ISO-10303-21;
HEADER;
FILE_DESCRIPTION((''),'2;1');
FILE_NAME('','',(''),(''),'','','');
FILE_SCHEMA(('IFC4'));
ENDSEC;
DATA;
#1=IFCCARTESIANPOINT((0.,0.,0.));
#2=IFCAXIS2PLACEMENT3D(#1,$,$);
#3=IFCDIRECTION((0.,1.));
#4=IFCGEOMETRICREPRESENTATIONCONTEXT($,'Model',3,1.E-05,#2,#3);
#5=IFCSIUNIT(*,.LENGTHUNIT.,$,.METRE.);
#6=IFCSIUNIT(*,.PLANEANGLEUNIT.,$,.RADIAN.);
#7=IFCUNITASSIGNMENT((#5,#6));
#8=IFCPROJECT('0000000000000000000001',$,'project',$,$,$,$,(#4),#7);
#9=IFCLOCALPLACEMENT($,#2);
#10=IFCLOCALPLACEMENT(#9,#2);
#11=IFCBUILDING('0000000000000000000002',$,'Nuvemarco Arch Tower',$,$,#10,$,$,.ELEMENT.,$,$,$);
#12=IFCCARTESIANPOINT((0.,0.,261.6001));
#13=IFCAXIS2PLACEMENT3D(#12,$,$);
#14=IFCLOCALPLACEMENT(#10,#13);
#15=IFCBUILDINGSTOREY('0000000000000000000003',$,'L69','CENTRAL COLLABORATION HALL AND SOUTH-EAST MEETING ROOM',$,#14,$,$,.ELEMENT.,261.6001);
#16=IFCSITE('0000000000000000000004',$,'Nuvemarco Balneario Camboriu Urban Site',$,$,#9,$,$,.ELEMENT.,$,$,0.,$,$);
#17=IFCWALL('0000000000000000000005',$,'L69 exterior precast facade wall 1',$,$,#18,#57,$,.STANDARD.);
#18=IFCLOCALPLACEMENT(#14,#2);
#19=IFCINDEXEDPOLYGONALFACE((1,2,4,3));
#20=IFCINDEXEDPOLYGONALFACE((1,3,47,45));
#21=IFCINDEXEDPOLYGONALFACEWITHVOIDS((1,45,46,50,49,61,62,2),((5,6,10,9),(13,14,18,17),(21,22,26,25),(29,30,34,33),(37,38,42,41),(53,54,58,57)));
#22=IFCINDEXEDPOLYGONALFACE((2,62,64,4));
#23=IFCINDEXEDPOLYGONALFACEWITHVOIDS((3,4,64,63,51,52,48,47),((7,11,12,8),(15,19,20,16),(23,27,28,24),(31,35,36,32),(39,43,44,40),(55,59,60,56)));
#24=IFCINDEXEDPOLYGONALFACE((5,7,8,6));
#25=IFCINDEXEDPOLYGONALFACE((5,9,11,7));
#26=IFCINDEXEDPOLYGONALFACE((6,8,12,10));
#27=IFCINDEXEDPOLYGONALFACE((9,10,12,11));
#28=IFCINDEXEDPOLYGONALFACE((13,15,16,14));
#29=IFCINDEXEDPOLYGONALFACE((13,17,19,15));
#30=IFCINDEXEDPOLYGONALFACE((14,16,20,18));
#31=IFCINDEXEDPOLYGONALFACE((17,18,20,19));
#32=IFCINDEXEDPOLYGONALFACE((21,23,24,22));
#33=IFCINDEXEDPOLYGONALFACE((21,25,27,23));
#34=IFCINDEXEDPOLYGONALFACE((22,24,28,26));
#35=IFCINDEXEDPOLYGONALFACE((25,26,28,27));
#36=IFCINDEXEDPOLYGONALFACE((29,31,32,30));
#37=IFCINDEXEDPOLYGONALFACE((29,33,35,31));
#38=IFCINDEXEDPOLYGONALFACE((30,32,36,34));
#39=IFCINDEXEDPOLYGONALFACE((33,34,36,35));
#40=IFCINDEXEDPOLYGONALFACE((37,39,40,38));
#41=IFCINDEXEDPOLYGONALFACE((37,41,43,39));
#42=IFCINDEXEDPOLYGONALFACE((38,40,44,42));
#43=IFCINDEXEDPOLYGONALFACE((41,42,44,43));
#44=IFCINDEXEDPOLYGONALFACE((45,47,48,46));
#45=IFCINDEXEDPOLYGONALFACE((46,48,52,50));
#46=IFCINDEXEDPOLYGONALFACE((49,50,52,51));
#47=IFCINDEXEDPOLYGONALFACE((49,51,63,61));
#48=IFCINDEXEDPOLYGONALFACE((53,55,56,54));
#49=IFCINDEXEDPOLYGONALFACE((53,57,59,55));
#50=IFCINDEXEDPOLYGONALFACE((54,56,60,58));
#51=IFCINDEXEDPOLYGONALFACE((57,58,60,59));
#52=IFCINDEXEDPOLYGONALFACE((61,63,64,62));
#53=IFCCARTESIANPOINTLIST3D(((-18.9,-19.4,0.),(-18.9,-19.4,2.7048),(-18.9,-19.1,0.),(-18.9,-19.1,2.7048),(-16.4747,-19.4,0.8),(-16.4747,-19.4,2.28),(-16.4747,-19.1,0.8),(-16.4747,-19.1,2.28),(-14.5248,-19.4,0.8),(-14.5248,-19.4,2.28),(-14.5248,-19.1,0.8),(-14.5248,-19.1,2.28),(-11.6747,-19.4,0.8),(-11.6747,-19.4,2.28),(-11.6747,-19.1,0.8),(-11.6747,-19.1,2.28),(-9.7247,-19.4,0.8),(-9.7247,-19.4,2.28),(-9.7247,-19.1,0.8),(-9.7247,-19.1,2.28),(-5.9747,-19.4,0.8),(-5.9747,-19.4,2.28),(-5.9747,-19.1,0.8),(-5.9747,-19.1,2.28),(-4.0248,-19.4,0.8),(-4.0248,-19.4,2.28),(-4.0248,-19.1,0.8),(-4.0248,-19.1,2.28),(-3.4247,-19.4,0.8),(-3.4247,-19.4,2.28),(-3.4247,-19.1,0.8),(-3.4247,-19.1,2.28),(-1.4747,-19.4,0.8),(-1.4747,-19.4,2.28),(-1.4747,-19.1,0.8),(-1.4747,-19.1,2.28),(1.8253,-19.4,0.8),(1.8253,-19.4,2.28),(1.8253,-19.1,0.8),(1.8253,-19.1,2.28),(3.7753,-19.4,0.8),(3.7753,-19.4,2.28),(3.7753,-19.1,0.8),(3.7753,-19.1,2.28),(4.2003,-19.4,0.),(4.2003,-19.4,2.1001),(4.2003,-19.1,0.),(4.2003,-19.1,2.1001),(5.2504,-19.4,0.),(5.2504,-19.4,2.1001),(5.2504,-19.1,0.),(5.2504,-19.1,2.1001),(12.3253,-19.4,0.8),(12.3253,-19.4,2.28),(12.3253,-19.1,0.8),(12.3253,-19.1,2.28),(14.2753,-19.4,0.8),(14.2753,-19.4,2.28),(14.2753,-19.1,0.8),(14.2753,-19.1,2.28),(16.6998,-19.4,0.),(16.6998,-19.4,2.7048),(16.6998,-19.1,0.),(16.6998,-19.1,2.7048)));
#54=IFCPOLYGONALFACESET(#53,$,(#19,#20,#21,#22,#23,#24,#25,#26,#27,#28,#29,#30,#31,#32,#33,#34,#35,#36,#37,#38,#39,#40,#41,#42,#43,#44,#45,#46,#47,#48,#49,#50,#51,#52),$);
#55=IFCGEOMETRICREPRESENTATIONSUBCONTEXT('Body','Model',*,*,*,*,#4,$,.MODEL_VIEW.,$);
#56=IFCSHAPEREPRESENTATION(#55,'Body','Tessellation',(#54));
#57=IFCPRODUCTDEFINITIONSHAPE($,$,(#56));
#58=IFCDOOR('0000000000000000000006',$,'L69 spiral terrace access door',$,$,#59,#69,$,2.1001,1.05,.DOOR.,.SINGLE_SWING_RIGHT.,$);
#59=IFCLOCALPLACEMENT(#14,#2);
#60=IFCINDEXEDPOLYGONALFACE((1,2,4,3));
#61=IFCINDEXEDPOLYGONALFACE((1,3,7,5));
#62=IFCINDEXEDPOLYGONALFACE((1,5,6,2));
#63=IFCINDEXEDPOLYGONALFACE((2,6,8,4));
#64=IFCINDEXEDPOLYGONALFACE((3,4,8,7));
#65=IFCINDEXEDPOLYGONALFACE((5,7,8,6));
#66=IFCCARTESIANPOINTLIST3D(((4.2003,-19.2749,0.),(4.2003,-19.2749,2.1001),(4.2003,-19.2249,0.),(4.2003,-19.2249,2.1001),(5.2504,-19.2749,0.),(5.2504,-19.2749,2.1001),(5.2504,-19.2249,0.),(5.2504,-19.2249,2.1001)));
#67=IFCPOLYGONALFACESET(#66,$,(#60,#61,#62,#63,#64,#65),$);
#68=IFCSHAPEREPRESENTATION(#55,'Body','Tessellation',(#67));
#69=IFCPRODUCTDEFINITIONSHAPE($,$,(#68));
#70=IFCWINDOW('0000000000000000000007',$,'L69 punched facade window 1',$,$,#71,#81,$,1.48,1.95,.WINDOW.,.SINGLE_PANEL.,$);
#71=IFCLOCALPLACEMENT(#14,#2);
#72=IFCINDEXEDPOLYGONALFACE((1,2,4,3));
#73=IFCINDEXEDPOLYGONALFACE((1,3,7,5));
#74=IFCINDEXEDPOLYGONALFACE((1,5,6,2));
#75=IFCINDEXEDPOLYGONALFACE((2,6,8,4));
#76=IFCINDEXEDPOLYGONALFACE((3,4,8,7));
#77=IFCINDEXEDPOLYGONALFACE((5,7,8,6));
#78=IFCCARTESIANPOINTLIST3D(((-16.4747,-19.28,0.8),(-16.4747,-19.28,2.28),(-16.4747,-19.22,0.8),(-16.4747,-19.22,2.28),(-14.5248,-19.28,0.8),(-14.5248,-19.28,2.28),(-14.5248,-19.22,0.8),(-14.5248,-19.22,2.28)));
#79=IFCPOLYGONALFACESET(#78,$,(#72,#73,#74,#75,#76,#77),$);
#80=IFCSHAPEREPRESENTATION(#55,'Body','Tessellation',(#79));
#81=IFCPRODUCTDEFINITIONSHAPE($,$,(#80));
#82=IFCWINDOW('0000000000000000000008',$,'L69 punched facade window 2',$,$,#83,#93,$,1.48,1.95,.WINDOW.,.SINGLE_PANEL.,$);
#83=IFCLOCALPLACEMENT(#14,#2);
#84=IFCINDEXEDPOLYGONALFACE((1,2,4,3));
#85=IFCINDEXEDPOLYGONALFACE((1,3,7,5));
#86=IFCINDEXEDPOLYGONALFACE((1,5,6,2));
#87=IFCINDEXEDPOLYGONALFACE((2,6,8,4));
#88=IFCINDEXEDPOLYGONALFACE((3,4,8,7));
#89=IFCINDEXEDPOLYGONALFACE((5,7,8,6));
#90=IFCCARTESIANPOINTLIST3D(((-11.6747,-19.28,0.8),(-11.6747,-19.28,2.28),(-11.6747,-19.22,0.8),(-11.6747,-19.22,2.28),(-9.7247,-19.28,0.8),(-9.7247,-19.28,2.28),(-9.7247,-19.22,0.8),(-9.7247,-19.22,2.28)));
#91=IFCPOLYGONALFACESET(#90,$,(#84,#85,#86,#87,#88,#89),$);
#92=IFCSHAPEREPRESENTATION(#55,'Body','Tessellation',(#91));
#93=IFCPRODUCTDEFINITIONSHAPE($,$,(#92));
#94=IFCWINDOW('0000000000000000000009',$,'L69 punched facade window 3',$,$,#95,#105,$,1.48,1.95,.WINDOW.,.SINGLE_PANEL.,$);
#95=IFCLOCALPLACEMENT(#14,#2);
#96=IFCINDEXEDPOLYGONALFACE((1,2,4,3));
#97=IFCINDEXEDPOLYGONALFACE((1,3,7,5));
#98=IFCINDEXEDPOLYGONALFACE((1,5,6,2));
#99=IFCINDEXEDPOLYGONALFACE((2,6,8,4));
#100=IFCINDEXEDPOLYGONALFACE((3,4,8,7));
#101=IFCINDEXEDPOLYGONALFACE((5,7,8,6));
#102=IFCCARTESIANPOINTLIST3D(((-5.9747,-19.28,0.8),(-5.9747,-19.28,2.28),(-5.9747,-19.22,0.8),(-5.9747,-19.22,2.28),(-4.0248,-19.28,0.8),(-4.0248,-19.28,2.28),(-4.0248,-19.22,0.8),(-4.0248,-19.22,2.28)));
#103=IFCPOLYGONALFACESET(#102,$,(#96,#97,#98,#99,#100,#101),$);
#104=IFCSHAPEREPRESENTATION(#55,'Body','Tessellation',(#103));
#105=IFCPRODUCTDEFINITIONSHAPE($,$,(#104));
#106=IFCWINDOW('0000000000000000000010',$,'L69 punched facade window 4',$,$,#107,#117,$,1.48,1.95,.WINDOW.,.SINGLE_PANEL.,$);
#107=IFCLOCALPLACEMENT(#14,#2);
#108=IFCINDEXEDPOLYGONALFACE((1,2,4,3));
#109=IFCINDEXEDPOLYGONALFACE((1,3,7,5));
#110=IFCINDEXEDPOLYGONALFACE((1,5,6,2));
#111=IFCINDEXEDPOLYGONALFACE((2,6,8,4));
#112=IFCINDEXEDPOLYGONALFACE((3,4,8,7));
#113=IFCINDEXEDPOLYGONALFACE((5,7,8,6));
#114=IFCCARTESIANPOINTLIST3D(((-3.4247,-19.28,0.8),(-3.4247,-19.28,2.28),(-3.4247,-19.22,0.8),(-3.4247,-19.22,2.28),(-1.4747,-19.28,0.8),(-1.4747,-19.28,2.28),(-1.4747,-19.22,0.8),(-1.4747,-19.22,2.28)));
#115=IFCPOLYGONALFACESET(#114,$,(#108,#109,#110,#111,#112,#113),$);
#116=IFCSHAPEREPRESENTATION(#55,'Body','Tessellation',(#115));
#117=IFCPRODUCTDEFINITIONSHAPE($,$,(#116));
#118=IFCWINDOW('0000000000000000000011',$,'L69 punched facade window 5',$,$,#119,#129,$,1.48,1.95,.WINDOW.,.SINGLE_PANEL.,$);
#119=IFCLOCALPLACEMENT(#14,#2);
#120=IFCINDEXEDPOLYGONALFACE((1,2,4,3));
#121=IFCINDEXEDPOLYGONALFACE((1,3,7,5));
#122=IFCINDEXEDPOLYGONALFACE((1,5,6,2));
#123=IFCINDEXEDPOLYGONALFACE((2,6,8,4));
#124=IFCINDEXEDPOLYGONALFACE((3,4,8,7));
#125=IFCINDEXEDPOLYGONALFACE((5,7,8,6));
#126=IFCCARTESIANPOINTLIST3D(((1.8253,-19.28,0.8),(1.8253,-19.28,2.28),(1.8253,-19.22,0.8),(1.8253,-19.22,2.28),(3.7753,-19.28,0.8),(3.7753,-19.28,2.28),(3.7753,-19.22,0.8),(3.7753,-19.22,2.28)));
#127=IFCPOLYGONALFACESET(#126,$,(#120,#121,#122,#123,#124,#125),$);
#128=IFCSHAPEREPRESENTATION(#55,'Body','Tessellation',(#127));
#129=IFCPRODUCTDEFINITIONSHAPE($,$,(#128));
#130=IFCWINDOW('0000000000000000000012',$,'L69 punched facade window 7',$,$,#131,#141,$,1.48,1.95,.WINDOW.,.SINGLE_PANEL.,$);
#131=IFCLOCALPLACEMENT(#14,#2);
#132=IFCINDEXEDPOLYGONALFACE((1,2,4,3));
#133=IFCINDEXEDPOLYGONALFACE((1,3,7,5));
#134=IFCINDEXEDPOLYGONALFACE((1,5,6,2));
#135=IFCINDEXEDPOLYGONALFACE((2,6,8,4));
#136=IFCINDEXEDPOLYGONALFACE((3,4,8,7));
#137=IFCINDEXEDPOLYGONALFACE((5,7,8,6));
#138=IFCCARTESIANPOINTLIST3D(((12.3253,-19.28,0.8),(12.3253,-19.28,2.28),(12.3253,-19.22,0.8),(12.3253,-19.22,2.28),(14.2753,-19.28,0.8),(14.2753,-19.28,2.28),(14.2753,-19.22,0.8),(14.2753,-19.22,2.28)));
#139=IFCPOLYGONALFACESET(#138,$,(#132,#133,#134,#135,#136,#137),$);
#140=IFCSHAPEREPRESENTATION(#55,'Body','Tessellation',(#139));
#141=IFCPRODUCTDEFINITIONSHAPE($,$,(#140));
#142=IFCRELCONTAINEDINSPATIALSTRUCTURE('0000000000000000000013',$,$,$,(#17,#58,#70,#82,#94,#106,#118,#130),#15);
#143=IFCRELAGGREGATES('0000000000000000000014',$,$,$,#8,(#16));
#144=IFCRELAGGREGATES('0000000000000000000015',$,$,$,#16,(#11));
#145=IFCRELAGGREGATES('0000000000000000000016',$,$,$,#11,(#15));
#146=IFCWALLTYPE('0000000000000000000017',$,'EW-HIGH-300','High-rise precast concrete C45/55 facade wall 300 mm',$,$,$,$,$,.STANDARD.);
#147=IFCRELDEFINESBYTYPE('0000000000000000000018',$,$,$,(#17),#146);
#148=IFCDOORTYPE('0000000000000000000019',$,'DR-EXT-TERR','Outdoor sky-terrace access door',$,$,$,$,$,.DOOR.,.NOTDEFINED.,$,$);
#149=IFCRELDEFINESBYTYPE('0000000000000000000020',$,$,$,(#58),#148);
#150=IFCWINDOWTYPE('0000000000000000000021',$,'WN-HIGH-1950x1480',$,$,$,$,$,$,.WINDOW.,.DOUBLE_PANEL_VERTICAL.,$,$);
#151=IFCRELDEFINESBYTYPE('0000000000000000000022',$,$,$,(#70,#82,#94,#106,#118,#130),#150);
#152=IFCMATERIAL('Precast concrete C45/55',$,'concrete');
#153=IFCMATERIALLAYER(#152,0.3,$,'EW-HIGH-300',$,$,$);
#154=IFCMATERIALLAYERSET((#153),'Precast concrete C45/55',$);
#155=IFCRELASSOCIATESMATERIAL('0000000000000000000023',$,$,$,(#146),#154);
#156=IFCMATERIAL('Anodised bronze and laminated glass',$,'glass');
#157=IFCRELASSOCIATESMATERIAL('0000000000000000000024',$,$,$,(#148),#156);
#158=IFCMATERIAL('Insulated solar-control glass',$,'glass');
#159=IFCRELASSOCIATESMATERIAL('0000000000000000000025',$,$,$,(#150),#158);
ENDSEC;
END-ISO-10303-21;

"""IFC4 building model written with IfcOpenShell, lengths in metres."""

from ifc_helpers import new_model, si_unit, direction, frame, frame_2d, origin, place, context, subcontext, project, spatial, rectangle, extrude, source, transform, mapped, material, layer, layer_set, type_object, type_shapes, element, fill, save


model = new_model("IFC4")

# Units and contexts
model_context = context("Model", 3, precision=1e-05, world=origin(), true_north=direction((0.0, 1.0)))
body_context = subcontext(model_context, "Body", "Model", "MODEL_VIEW")
ifc_project = project(units=[si_unit("LENGTHUNIT", "METRE"), si_unit("PLANEANGLEUNIT", "RADIAN")], contexts=[model_context])

# Site, building, storey
site_placement = place(None, origin())
site = spatial("IfcSite", under=ifc_project, at=site_placement, Name="Nuvemarco Balneario Camboriu Urban Site", CompositionType="ELEMENT", RefElevation=0.0)
building_placement = place(site_placement, origin())
building = spatial("IfcBuilding", under=site, at=building_placement, Name="Nuvemarco Arch Tower", CompositionType="ELEMENT")
storey_placement = place(building_placement, frame((0.0, 0.0, 261.6001)))
storey = spatial("IfcBuildingStorey", under=building, at=storey_placement, Name="L69", Description="CENTRAL COLLABORATION HALL AND SOUTH-EAST MEETING ROOM", CompositionType="ELEMENT", Elevation=261.6001)

# Shared definitions
ifc_material_1 = material(Name="Precast concrete C45/55", Category="concrete")

# Wall, openings, door, windows
ifc_layer = layer(ifc_material_1, 0.3, Name="EW-HIGH-300")
ifc_layer_set = layer_set([ifc_layer], Name="Precast concrete C45/55")
wall_type = type_object("IfcWallType", Name="EW-HIGH-300", Description="High-rise precast concrete C45/55 facade wall 300 mm", PredefinedType="STANDARD", material=ifc_layer_set)
wall_1_placement = place(storey_placement, frame((-18.8999, -19.25, 0.0), z_axis=(0.0, 0.0, 1.0), x_axis=(1.0, 0.0, 0.0)))
wall_1 = element("IfcWall", 1, at=wall_1_placement, inside=storey, type_object=wall_type, Name="L69 exterior precast facade wall 1", PredefinedType="STANDARD", context=body_context, shape_type="SweptSolid", body=[
    extrude(rectangle(XDim=35.5999, YDim=0.3, at=frame_2d((17.7998, 0.0))), origin(), (0.0, 0.0, 1.0), 2.7048),
])
opening_1_placement = place(wall_1_placement, frame((24.1501, 0.0, 0.0), z_axis=(0.0, 0.0, 1.0), x_axis=(-1.0, 0.0, 0.0)))
opening_1 = element("IfcOpeningElement", 2, at=opening_1_placement, cuts=wall_1, PredefinedType="OPENING", context=body_context, shape_type="SweptSolid", body=[
    extrude(rectangle(XDim=1.05, YDim=2.1001, at=frame_2d((0.5249, 1.05))), frame((0.0, 0.1599, 0.0), z_axis=(0.0, -1.0, 0.0), x_axis=(1.0, 0.0, 0.0)), (0.0, 0.0, 1.0), 0.3201),
])
opening_2_placement = place(wall_1_placement, frame((2.425, 0.0, 0.8)))
opening_2 = element("IfcOpeningElement", 3, at=opening_2_placement, cuts=wall_1, PredefinedType="OPENING", context=body_context, shape_type="SweptSolid", body=[
    extrude(rectangle(XDim=1.95, YDim=1.48, at=frame_2d((0.9751, 0.74))), frame((0.0, 0.1599, 0.0), z_axis=(0.0, -1.0, 0.0), x_axis=(1.0, 0.0, 0.0)), (0.0, 0.0, 1.0), 0.3201),
])
opening_3_placement = place(wall_1_placement, frame((7.2251, 0.0, 0.8)))
opening_3 = element("IfcOpeningElement", 4, at=opening_3_placement, cuts=wall_1, PredefinedType="OPENING", context=body_context, shape_type="SweptSolid", body=[
    extrude(rectangle(XDim=1.95, YDim=1.48, at=frame_2d((0.9751, 0.74))), frame((0.0, 0.1599, 0.0), z_axis=(0.0, -1.0, 0.0), x_axis=(1.0, 0.0, 0.0)), (0.0, 0.0, 1.0), 0.3201),
])
opening_4_placement = place(wall_1_placement, frame((12.925, 0.0, 0.8)))
opening_4 = element("IfcOpeningElement", 5, at=opening_4_placement, cuts=wall_1, PredefinedType="OPENING", context=body_context, shape_type="SweptSolid", body=[
    extrude(rectangle(XDim=1.95, YDim=1.48, at=frame_2d((0.9751, 0.74))), frame((0.0, 0.1599, 0.0), z_axis=(0.0, -1.0, 0.0), x_axis=(1.0, 0.0, 0.0)), (0.0, 0.0, 1.0), 0.3201),
])
opening_5_placement = place(wall_1_placement, frame((15.4751, 0.0, 0.8)))
opening_5 = element("IfcOpeningElement", 6, at=opening_5_placement, cuts=wall_1, PredefinedType="OPENING", context=body_context, shape_type="SweptSolid", body=[
    extrude(rectangle(XDim=1.95, YDim=1.48, at=frame_2d((0.9751, 0.74))), frame((0.0, 0.1599, 0.0), z_axis=(0.0, -1.0, 0.0), x_axis=(1.0, 0.0, 0.0)), (0.0, 0.0, 1.0), 0.3201),
])
opening_6_placement = place(wall_1_placement, frame((20.7251, 0.0, 0.8)))
opening_6 = element("IfcOpeningElement", 7, at=opening_6_placement, cuts=wall_1, PredefinedType="OPENING", context=body_context, shape_type="SweptSolid", body=[
    extrude(rectangle(XDim=1.95, YDim=1.48, at=frame_2d((0.9751, 0.74))), frame((0.0, 0.1599, 0.0), z_axis=(0.0, -1.0, 0.0), x_axis=(1.0, 0.0, 0.0)), (0.0, 0.0, 1.0), 0.3201),
])
opening_7_placement = place(wall_1_placement, frame((31.2251, 0.0, 0.8)))
opening_7 = element("IfcOpeningElement", 8, at=opening_7_placement, cuts=wall_1, PredefinedType="OPENING", context=body_context, shape_type="SweptSolid", body=[
    extrude(rectangle(XDim=1.95, YDim=1.48, at=frame_2d((0.9751, 0.74))), frame((0.0, 0.1599, 0.0), z_axis=(0.0, -1.0, 0.0), x_axis=(1.0, 0.0, 0.0)), (0.0, 0.0, 1.0), 0.3201),
])
ifc_material_2 = material(Name="Anodised bronze and laminated glass", Category="glass")
door_type = type_object("IfcDoorType", Name="DR-EXT-TERR", Description="Outdoor sky-terrace access door", OperationType="NOTDEFINED", PredefinedType="DOOR", material=ifc_material_2)
shared_shape_1 = source(origin(), body_context, "Body", "SweptSolid", [
    extrude(rectangle(XDim=1.05, YDim=2.1001, at=frame_2d((0.5249, 1.05))), frame((0.0, 0.0249, 0.0), z_axis=(0.0, -1.0, 0.0), x_axis=(1.0, 0.0, 0.0)), (0.0, 0.0, 1.0), 0.05),
])
type_shapes(door_type, [shared_shape_1])
door_placement = place(opening_1_placement, origin())
door = element("IfcDoor", 9, at=door_placement, inside=storey, type_object=door_type, Name="L69 spiral terrace access door", OperationType="SINGLE_SWING_RIGHT", OverallHeight=2.1001, OverallWidth=1.05, PredefinedType="DOOR", context=body_context, shape_type="MappedRepresentation", body=[
    mapped(shared_shape_1, transform((0.0, 0.0, 0.0), scale=1.0)),
])
fill(opening_1, door)
ifc_material_3 = material(Name="Insulated solar-control glass", Category="glass")
window_type_1 = type_object("IfcWindowType", Name="WN-HIGH-1950x1480", PartitioningType="DOUBLE_PANEL_VERTICAL", PredefinedType="WINDOW", material=ifc_material_3)
shared_shape_2 = source(origin(), body_context, "Body", "SweptSolid", [
    extrude(rectangle(XDim=1.95, YDim=1.48, at=frame_2d((0.9751, 0.74))), frame((0.0, 0.03, 0.0), z_axis=(0.0, -1.0, 0.0), x_axis=(1.0, 0.0, 0.0)), (0.0, 0.0, 1.0), 0.0601),
])
type_shapes(window_type_1, [shared_shape_2])
window_1_placement = place(opening_2_placement, origin())
window_1 = element("IfcWindow", 10, at=window_1_placement, inside=storey, type_object=window_type_1, Name="L69 punched facade window 1", OverallHeight=1.48, OverallWidth=1.95, PartitioningType="SINGLE_PANEL", PredefinedType="WINDOW", context=body_context, shape_type="MappedRepresentation", body=[
    mapped(shared_shape_2, transform((0.0, 0.0, 0.0), scale=1.0)),
])
fill(opening_2, window_1)
window_2_placement = place(opening_3_placement, origin())
window_2 = element("IfcWindow", 11, at=window_2_placement, inside=storey, type_object=window_type_1, Name="L69 punched facade window 2", OverallHeight=1.48, OverallWidth=1.95, PartitioningType="SINGLE_PANEL", PredefinedType="WINDOW", context=body_context, shape_type="MappedRepresentation", body=[
    mapped(shared_shape_2, transform((0.0, 0.0, 0.0), scale=1.0)),
])
fill(opening_3, window_2)
window_3_placement = place(opening_4_placement, origin())
window_3 = element("IfcWindow", 12, at=window_3_placement, inside=storey, type_object=window_type_1, Name="L69 punched facade window 3", OverallHeight=1.48, OverallWidth=1.95, PartitioningType="SINGLE_PANEL", PredefinedType="WINDOW", context=body_context, shape_type="MappedRepresentation", body=[
    mapped(shared_shape_2, transform((0.0, 0.0, 0.0), scale=1.0)),
])
fill(opening_4, window_3)
window_4_placement = place(opening_5_placement, origin())
window_4 = element("IfcWindow", 13, at=window_4_placement, inside=storey, type_object=window_type_1, Name="L69 punched facade window 4", OverallHeight=1.48, OverallWidth=1.95, PartitioningType="SINGLE_PANEL", PredefinedType="WINDOW", context=body_context, shape_type="MappedRepresentation", body=[
    mapped(shared_shape_2, transform((0.0, 0.0, 0.0), scale=1.0)),
])
fill(opening_5, window_4)
window_5_placement = place(opening_6_placement, origin())
window_5 = element("IfcWindow", 14, at=window_5_placement, inside=storey, type_object=window_type_1, Name="L69 punched facade window 5", OverallHeight=1.48, OverallWidth=1.95, PartitioningType="SINGLE_PANEL", PredefinedType="WINDOW", context=body_context, shape_type="MappedRepresentation", body=[
    mapped(shared_shape_2, transform((0.0, 0.0, 0.0), scale=1.0)),
])
fill(opening_6, window_5)
window_6_placement = place(opening_7_placement, origin())
window_6 = element("IfcWindow", 15, at=window_6_placement, inside=storey, type_object=window_type_1, Name="L69 punched facade window 7", OverallHeight=1.48, OverallWidth=1.95, PartitioningType="SINGLE_PANEL", PredefinedType="WINDOW", context=body_context, shape_type="MappedRepresentation", body=[
    mapped(shared_shape_2, transform((0.0, 0.0, 0.0), scale=1.0)),
])
fill(opening_7, window_6)

save(model, "model.ifc")
